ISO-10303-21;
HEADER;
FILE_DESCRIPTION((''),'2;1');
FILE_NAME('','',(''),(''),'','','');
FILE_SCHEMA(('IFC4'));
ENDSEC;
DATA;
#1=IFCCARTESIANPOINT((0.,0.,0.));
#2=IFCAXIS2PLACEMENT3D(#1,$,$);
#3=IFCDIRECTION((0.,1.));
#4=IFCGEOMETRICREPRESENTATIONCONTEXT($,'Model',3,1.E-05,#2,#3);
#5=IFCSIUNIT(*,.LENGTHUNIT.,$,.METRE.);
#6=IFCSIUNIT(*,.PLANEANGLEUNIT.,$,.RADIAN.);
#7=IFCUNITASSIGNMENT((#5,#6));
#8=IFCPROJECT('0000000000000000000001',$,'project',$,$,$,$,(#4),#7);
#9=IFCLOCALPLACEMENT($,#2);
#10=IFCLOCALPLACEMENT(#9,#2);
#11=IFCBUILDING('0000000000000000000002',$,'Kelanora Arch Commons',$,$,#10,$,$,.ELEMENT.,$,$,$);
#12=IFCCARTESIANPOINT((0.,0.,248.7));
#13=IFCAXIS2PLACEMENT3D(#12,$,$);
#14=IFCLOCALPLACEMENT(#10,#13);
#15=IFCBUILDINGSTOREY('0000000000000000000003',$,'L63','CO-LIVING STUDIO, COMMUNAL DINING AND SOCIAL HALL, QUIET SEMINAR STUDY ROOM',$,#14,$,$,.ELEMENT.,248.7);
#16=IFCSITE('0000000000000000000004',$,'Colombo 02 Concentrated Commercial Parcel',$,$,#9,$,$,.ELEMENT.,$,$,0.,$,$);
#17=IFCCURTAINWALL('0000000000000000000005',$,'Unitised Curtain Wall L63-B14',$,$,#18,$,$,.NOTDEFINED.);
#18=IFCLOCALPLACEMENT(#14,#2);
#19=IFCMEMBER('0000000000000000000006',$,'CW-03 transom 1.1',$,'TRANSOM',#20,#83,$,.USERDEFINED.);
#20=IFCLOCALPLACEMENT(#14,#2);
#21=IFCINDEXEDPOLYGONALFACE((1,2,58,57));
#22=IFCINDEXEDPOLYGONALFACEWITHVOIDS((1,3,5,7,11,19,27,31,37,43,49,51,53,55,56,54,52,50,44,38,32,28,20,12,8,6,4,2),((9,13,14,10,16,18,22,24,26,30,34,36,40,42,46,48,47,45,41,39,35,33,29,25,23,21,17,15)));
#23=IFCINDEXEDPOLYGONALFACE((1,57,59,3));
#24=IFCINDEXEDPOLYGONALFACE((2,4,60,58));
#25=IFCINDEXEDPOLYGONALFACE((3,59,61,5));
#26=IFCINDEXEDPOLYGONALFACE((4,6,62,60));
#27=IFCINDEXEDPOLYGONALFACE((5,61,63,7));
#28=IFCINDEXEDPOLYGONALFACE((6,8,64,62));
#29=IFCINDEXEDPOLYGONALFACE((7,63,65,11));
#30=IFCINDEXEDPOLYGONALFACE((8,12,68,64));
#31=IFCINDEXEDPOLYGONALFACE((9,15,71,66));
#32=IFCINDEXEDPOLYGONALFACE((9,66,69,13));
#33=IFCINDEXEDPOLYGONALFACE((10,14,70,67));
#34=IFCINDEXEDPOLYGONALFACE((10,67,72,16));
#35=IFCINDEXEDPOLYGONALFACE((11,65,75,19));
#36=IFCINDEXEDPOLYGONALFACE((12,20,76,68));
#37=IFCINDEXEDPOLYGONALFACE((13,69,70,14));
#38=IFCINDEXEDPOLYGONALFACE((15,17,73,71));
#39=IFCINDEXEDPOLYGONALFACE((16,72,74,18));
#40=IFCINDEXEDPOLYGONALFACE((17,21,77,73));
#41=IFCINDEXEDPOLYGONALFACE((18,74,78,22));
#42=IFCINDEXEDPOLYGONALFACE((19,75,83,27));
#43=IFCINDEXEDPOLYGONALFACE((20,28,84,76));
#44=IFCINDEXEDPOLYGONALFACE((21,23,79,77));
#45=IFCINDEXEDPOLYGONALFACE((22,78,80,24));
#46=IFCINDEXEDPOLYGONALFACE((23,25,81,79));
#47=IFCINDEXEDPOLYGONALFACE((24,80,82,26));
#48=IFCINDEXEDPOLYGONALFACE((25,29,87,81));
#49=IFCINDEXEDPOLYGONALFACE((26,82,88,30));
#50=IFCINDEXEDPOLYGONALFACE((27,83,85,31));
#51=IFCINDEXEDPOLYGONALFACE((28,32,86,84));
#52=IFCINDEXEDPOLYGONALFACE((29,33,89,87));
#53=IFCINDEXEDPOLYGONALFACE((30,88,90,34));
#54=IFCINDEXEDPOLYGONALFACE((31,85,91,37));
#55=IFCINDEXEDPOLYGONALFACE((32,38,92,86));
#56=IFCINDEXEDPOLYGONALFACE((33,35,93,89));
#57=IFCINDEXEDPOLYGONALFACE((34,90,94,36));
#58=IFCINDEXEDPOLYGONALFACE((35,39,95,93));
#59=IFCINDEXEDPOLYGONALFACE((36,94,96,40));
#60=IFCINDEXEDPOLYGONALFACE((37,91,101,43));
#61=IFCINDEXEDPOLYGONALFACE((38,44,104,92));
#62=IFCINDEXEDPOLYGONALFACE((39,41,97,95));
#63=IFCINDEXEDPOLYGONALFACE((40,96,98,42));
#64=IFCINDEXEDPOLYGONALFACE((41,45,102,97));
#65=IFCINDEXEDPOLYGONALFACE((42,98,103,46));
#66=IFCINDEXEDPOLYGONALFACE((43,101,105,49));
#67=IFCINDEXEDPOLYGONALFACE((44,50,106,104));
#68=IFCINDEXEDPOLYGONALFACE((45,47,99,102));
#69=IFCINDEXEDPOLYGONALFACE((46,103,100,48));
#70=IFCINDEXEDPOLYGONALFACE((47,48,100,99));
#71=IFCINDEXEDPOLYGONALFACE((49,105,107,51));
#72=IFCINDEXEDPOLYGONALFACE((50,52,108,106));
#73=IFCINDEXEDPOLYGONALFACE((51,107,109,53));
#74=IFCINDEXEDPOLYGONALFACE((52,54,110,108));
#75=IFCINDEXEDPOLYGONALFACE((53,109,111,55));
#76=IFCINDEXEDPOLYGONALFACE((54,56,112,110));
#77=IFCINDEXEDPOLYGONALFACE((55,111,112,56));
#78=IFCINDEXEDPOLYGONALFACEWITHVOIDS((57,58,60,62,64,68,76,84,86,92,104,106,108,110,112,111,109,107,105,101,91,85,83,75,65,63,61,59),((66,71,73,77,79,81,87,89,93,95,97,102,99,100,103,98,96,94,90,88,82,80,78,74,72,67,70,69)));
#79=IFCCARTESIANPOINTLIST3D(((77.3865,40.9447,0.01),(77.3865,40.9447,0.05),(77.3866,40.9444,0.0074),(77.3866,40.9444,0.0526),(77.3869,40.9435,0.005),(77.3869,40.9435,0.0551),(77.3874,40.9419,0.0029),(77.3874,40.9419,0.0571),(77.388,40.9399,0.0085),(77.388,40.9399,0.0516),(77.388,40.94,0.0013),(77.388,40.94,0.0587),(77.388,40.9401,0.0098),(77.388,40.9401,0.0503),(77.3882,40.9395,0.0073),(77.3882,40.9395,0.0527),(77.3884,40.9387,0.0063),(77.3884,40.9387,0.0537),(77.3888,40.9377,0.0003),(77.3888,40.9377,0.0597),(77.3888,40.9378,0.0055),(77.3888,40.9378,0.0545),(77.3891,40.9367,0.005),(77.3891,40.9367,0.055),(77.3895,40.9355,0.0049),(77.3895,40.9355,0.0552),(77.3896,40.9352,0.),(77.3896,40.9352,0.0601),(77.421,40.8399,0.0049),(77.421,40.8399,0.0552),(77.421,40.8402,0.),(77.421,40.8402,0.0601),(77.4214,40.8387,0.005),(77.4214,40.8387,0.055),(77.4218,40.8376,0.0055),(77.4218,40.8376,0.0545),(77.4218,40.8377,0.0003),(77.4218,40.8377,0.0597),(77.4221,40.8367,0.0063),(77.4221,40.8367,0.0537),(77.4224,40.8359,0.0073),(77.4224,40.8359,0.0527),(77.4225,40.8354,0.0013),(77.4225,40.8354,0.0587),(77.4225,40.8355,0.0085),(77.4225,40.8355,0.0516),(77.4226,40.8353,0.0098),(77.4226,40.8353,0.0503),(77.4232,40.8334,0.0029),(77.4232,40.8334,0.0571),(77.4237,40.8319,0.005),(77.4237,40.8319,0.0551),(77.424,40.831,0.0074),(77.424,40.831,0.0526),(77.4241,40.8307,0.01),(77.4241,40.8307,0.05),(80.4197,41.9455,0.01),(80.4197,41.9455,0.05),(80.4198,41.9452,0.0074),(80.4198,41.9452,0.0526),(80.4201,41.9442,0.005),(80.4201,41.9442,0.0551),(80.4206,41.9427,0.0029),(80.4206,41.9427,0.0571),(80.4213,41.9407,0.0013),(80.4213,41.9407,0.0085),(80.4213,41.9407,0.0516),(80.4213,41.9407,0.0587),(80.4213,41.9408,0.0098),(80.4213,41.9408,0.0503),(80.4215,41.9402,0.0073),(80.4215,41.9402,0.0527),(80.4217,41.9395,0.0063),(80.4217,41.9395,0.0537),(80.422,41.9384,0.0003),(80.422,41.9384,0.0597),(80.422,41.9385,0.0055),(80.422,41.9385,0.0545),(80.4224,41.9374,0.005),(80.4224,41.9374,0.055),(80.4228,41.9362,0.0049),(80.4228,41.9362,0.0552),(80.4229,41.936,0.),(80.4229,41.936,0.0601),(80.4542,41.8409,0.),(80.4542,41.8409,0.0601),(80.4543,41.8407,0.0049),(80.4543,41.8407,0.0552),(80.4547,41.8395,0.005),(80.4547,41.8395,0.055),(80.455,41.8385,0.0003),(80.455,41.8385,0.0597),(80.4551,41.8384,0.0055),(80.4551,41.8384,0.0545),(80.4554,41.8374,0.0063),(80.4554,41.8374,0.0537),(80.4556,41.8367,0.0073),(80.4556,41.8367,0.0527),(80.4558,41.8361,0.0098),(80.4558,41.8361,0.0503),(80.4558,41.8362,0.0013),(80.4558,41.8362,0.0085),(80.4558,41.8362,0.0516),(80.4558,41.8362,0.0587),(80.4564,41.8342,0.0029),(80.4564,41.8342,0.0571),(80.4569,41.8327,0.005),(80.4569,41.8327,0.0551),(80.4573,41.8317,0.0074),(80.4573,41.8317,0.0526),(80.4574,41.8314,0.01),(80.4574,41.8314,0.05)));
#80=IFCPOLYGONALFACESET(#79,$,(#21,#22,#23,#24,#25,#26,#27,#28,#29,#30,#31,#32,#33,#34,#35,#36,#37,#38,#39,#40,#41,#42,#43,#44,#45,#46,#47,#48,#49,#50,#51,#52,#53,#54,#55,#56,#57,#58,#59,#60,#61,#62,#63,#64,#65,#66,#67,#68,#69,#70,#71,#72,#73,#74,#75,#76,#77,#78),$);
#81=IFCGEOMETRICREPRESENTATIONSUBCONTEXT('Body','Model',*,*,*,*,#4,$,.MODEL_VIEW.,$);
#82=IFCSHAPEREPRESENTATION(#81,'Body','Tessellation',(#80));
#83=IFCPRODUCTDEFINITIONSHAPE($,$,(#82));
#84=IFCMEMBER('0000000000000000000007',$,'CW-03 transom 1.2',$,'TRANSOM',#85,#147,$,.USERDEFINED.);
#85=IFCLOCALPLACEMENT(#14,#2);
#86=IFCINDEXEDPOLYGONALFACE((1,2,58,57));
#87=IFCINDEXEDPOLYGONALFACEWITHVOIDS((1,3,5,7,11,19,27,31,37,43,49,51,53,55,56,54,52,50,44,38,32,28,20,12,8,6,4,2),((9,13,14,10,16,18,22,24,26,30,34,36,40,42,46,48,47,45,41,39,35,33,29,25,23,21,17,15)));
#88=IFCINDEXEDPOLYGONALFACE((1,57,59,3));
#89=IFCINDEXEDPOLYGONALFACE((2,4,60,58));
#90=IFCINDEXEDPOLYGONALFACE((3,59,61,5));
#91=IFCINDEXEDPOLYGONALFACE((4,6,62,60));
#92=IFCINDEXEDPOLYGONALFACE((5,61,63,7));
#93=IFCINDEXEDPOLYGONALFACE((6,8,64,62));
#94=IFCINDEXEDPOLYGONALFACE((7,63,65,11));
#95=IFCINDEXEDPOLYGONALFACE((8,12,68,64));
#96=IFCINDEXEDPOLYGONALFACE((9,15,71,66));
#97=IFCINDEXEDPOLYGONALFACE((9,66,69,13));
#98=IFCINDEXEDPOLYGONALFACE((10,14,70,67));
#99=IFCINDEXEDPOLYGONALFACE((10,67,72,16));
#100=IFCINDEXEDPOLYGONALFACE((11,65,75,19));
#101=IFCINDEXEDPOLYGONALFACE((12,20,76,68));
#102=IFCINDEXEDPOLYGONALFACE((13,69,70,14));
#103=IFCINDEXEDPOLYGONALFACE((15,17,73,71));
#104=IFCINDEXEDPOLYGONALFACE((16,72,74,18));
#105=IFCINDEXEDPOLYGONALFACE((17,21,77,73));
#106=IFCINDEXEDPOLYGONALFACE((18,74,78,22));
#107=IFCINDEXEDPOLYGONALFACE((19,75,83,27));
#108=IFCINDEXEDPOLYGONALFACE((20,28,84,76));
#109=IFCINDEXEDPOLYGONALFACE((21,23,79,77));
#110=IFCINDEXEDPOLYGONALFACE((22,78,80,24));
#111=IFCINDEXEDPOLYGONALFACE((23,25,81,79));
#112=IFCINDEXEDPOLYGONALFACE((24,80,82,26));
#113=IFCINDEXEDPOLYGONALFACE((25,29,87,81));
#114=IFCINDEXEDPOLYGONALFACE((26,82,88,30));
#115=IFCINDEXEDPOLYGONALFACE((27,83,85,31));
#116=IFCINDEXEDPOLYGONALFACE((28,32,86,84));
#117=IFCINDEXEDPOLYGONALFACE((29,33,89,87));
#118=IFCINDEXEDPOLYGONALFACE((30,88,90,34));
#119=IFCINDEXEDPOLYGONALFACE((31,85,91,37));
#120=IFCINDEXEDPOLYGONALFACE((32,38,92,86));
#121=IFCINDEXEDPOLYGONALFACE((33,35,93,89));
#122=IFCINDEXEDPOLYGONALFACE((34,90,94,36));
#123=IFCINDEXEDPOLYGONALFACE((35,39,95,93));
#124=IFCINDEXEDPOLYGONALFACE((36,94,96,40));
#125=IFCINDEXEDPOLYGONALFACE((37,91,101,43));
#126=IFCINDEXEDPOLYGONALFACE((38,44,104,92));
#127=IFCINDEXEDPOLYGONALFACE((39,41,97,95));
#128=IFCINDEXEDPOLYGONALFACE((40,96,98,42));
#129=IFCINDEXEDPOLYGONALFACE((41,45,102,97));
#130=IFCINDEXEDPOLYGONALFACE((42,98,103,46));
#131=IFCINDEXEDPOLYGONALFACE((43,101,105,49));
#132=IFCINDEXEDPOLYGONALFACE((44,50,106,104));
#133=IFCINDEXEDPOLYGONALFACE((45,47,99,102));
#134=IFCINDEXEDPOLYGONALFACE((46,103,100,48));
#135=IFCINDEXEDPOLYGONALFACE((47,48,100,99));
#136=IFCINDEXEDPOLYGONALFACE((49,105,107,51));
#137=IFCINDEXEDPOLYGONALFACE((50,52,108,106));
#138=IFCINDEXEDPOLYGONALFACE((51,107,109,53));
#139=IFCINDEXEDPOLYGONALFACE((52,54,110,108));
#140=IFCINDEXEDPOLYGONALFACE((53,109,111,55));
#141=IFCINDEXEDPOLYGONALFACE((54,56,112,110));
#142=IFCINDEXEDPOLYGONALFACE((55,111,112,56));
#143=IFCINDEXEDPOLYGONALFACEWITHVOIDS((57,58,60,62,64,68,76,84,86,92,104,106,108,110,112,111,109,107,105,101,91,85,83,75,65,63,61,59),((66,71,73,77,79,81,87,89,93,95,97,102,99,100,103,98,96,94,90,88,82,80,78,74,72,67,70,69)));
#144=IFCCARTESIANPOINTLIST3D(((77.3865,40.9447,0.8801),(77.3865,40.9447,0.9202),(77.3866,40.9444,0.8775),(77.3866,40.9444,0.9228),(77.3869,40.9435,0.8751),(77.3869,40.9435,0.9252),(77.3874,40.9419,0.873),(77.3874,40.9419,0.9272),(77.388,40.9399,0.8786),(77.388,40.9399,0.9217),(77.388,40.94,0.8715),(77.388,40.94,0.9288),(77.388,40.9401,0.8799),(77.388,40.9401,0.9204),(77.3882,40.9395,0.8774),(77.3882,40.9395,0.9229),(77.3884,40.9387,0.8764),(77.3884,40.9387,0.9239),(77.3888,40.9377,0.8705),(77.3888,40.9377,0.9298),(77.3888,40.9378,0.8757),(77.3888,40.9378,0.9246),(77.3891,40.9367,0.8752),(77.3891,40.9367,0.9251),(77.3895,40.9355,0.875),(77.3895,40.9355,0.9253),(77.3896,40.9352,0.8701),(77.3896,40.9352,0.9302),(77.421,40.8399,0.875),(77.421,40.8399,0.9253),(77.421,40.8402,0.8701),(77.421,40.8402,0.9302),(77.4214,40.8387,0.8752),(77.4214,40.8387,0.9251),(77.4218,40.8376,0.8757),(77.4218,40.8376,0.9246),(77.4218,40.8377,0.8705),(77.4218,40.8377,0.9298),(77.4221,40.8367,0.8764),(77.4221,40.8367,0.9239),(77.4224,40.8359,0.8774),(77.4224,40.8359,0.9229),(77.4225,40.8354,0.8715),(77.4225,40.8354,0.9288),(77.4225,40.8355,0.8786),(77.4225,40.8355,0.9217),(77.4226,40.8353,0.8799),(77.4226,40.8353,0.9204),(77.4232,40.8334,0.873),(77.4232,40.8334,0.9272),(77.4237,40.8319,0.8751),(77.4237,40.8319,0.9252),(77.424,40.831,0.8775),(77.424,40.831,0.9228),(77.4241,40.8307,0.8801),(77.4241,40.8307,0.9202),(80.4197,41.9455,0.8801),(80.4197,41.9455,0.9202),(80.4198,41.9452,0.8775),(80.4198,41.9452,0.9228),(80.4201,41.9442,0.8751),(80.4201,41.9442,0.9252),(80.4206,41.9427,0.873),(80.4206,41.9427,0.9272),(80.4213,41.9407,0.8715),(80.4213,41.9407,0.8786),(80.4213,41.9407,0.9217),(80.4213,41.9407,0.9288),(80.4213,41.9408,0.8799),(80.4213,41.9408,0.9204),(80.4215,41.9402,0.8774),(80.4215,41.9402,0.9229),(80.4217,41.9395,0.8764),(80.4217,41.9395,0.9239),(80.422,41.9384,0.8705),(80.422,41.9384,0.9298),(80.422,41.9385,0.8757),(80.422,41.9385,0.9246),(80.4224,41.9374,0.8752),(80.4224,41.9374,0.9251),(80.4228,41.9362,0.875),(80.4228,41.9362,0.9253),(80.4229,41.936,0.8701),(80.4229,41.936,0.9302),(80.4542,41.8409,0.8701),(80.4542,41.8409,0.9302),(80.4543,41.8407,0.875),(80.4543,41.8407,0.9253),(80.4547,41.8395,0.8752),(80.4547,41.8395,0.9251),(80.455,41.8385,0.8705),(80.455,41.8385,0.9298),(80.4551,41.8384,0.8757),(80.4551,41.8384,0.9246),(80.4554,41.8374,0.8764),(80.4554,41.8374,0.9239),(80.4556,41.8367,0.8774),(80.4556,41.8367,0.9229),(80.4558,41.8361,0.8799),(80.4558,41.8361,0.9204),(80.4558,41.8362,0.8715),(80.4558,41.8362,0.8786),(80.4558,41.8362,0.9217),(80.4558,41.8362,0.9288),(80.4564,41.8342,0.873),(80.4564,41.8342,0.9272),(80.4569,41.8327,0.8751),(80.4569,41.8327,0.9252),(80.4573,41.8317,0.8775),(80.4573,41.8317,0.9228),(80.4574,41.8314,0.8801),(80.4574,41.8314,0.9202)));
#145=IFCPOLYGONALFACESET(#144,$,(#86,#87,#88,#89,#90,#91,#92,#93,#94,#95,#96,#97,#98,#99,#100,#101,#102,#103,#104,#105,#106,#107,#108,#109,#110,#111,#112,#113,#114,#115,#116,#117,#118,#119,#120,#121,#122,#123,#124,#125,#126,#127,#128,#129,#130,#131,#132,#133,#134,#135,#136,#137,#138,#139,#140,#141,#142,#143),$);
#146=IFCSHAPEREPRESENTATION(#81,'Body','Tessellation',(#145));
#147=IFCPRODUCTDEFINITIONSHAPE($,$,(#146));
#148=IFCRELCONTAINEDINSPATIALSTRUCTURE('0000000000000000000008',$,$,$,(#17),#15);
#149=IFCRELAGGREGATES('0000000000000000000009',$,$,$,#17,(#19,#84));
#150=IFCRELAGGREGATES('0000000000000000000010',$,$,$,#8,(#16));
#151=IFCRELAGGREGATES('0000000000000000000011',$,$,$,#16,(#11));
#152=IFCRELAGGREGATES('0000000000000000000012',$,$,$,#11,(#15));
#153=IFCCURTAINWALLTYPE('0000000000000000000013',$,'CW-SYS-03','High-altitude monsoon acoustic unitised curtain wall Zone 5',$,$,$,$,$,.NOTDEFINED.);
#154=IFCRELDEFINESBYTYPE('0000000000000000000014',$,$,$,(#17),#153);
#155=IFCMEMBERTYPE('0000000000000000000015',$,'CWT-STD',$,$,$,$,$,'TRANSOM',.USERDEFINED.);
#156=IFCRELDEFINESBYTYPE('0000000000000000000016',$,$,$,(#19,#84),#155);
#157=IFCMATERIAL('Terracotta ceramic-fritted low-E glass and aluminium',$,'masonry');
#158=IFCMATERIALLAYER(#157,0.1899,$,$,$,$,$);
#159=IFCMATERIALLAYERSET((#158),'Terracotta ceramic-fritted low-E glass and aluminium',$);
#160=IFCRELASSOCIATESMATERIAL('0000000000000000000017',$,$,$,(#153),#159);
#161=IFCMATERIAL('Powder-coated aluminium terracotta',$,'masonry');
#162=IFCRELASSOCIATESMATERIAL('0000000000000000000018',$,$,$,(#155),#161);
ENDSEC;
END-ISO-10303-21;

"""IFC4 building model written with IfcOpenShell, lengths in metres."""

from ifc_helpers import new_model, si_unit, direction, frame, origin, origin_2d, place, context, subcontext, project, spatial, hollow_rectangle, extrude, material, layer, layer_set, material_profile, profile_set, type_object, element, aggregate, save


model = new_model("IFC4")

# Units and contexts
model_context = context("Model", 3, precision=1e-05, world=origin(), true_north=direction((0.0, 1.0)))
body_context = subcontext(model_context, "Body", "Model", "MODEL_VIEW")
ifc_project = project(units=[si_unit("LENGTHUNIT", "METRE"), si_unit("PLANEANGLEUNIT", "RADIAN")], contexts=[model_context])

# Site, building, storey
site_placement = place(None, origin())
site = spatial("IfcSite", under=ifc_project, at=site_placement, Name="Colombo 02 Concentrated Commercial Parcel", CompositionType="ELEMENT", RefElevation=0.0)
building_placement = place(site_placement, origin())
building = spatial("IfcBuilding", under=site, at=building_placement, Name="Kelanora Arch Commons", CompositionType="ELEMENT")
storey_placement = place(building_placement, frame((0.0, 0.0, 248.7)))
storey = spatial("IfcBuildingStorey", under=building, at=storey_placement, Name="L63", Description="CO-LIVING STUDIO, COMMUNAL DINING AND SOCIAL HALL, QUIET SEMINAR STUDY ROOM", CompositionType="ELEMENT", Elevation=248.7)

# Curtain wall, members
ifc_material_1 = material(Name="Terracotta ceramic-fritted low-E glass and aluminium", Category="masonry")
ifc_layer_1 = layer(ifc_material_1, 0.1899)
ifc_layer_set_1 = layer_set([ifc_layer_1], Name="Terracotta ceramic-fritted low-E glass and aluminium")
curtain_wall_type = type_object("IfcCurtainWallType", Name="CW-SYS-03", Description="High-altitude monsoon acoustic unitised curtain wall Zone 5", PredefinedType="NOTDEFINED", material=ifc_layer_set_1)
curtain_wall_placement = place(storey_placement, origin())
curtain_wall = element("IfcCurtainWall", 1, at=curtain_wall_placement, inside=storey, type_object=curtain_wall_type, Name="Unitised Curtain Wall L63-B14", PredefinedType="NOTDEFINED")
ifc_material_2 = material(Name="Powder-coated aluminium terracotta", Category="masonry")
ifc_material_profile_1 = material_profile(ifc_material_2, hollow_rectangle(XDim=0.1201, YDim=0.0601, WallThickness=0.0049, InnerFilletRadius=0.0049, OuterFilletRadius=0.01, at=origin_2d()), Name="CWT120x60")
ifc_profile_set_1 = profile_set([ifc_material_profile_1], Name="Powder-coated aluminium terracotta")
member_type_1 = type_object("IfcMemberType", Name="CWT-STD", ElementType="TRANSOM", PredefinedType="USERDEFINED", material=ifc_profile_set_1)
member_1_placement = place(storey_placement, frame((77.4053, 40.8877, 0.03), z_axis=(0.94965, 0.313314, 0.0), x_axis=(-0.313314, 0.94965, 0.0)))
member_1 = element("IfcMember", 2, at=member_1_placement, type_object=member_type_1, Name="CW-03 transom 1.1", ObjectType="TRANSOM", PredefinedType="USERDEFINED", context=body_context, shape_type="SweptSolid", body=[
    extrude(hollow_rectangle(XDim=0.1201, YDim=0.0601, WallThickness=0.0049, InnerFilletRadius=0.0049, OuterFilletRadius=0.01, at=origin_2d()), origin(), (0.0, 0.0, 1.0), 3.1941),
])
member_2_placement = place(storey_placement, frame((77.4053, 40.8877, 0.9001), z_axis=(0.94965, 0.313314, 0.0), x_axis=(-0.313314, 0.94965, 0.0)))
member_2 = element("IfcMember", 3, at=member_2_placement, type_object=member_type_1, Name="CW-03 transom 1.2", ObjectType="TRANSOM", PredefinedType="USERDEFINED", context=body_context, shape_type="SweptSolid", body=[
    extrude(hollow_rectangle(XDim=0.1201, YDim=0.0601, WallThickness=0.0049, InnerFilletRadius=0.0049, OuterFilletRadius=0.01, at=origin_2d()), origin(), (0.0, 0.0, 1.0), 3.1941),
])
aggregate(curtain_wall, [member_1, member_2])

save(model, "model.ifc")
